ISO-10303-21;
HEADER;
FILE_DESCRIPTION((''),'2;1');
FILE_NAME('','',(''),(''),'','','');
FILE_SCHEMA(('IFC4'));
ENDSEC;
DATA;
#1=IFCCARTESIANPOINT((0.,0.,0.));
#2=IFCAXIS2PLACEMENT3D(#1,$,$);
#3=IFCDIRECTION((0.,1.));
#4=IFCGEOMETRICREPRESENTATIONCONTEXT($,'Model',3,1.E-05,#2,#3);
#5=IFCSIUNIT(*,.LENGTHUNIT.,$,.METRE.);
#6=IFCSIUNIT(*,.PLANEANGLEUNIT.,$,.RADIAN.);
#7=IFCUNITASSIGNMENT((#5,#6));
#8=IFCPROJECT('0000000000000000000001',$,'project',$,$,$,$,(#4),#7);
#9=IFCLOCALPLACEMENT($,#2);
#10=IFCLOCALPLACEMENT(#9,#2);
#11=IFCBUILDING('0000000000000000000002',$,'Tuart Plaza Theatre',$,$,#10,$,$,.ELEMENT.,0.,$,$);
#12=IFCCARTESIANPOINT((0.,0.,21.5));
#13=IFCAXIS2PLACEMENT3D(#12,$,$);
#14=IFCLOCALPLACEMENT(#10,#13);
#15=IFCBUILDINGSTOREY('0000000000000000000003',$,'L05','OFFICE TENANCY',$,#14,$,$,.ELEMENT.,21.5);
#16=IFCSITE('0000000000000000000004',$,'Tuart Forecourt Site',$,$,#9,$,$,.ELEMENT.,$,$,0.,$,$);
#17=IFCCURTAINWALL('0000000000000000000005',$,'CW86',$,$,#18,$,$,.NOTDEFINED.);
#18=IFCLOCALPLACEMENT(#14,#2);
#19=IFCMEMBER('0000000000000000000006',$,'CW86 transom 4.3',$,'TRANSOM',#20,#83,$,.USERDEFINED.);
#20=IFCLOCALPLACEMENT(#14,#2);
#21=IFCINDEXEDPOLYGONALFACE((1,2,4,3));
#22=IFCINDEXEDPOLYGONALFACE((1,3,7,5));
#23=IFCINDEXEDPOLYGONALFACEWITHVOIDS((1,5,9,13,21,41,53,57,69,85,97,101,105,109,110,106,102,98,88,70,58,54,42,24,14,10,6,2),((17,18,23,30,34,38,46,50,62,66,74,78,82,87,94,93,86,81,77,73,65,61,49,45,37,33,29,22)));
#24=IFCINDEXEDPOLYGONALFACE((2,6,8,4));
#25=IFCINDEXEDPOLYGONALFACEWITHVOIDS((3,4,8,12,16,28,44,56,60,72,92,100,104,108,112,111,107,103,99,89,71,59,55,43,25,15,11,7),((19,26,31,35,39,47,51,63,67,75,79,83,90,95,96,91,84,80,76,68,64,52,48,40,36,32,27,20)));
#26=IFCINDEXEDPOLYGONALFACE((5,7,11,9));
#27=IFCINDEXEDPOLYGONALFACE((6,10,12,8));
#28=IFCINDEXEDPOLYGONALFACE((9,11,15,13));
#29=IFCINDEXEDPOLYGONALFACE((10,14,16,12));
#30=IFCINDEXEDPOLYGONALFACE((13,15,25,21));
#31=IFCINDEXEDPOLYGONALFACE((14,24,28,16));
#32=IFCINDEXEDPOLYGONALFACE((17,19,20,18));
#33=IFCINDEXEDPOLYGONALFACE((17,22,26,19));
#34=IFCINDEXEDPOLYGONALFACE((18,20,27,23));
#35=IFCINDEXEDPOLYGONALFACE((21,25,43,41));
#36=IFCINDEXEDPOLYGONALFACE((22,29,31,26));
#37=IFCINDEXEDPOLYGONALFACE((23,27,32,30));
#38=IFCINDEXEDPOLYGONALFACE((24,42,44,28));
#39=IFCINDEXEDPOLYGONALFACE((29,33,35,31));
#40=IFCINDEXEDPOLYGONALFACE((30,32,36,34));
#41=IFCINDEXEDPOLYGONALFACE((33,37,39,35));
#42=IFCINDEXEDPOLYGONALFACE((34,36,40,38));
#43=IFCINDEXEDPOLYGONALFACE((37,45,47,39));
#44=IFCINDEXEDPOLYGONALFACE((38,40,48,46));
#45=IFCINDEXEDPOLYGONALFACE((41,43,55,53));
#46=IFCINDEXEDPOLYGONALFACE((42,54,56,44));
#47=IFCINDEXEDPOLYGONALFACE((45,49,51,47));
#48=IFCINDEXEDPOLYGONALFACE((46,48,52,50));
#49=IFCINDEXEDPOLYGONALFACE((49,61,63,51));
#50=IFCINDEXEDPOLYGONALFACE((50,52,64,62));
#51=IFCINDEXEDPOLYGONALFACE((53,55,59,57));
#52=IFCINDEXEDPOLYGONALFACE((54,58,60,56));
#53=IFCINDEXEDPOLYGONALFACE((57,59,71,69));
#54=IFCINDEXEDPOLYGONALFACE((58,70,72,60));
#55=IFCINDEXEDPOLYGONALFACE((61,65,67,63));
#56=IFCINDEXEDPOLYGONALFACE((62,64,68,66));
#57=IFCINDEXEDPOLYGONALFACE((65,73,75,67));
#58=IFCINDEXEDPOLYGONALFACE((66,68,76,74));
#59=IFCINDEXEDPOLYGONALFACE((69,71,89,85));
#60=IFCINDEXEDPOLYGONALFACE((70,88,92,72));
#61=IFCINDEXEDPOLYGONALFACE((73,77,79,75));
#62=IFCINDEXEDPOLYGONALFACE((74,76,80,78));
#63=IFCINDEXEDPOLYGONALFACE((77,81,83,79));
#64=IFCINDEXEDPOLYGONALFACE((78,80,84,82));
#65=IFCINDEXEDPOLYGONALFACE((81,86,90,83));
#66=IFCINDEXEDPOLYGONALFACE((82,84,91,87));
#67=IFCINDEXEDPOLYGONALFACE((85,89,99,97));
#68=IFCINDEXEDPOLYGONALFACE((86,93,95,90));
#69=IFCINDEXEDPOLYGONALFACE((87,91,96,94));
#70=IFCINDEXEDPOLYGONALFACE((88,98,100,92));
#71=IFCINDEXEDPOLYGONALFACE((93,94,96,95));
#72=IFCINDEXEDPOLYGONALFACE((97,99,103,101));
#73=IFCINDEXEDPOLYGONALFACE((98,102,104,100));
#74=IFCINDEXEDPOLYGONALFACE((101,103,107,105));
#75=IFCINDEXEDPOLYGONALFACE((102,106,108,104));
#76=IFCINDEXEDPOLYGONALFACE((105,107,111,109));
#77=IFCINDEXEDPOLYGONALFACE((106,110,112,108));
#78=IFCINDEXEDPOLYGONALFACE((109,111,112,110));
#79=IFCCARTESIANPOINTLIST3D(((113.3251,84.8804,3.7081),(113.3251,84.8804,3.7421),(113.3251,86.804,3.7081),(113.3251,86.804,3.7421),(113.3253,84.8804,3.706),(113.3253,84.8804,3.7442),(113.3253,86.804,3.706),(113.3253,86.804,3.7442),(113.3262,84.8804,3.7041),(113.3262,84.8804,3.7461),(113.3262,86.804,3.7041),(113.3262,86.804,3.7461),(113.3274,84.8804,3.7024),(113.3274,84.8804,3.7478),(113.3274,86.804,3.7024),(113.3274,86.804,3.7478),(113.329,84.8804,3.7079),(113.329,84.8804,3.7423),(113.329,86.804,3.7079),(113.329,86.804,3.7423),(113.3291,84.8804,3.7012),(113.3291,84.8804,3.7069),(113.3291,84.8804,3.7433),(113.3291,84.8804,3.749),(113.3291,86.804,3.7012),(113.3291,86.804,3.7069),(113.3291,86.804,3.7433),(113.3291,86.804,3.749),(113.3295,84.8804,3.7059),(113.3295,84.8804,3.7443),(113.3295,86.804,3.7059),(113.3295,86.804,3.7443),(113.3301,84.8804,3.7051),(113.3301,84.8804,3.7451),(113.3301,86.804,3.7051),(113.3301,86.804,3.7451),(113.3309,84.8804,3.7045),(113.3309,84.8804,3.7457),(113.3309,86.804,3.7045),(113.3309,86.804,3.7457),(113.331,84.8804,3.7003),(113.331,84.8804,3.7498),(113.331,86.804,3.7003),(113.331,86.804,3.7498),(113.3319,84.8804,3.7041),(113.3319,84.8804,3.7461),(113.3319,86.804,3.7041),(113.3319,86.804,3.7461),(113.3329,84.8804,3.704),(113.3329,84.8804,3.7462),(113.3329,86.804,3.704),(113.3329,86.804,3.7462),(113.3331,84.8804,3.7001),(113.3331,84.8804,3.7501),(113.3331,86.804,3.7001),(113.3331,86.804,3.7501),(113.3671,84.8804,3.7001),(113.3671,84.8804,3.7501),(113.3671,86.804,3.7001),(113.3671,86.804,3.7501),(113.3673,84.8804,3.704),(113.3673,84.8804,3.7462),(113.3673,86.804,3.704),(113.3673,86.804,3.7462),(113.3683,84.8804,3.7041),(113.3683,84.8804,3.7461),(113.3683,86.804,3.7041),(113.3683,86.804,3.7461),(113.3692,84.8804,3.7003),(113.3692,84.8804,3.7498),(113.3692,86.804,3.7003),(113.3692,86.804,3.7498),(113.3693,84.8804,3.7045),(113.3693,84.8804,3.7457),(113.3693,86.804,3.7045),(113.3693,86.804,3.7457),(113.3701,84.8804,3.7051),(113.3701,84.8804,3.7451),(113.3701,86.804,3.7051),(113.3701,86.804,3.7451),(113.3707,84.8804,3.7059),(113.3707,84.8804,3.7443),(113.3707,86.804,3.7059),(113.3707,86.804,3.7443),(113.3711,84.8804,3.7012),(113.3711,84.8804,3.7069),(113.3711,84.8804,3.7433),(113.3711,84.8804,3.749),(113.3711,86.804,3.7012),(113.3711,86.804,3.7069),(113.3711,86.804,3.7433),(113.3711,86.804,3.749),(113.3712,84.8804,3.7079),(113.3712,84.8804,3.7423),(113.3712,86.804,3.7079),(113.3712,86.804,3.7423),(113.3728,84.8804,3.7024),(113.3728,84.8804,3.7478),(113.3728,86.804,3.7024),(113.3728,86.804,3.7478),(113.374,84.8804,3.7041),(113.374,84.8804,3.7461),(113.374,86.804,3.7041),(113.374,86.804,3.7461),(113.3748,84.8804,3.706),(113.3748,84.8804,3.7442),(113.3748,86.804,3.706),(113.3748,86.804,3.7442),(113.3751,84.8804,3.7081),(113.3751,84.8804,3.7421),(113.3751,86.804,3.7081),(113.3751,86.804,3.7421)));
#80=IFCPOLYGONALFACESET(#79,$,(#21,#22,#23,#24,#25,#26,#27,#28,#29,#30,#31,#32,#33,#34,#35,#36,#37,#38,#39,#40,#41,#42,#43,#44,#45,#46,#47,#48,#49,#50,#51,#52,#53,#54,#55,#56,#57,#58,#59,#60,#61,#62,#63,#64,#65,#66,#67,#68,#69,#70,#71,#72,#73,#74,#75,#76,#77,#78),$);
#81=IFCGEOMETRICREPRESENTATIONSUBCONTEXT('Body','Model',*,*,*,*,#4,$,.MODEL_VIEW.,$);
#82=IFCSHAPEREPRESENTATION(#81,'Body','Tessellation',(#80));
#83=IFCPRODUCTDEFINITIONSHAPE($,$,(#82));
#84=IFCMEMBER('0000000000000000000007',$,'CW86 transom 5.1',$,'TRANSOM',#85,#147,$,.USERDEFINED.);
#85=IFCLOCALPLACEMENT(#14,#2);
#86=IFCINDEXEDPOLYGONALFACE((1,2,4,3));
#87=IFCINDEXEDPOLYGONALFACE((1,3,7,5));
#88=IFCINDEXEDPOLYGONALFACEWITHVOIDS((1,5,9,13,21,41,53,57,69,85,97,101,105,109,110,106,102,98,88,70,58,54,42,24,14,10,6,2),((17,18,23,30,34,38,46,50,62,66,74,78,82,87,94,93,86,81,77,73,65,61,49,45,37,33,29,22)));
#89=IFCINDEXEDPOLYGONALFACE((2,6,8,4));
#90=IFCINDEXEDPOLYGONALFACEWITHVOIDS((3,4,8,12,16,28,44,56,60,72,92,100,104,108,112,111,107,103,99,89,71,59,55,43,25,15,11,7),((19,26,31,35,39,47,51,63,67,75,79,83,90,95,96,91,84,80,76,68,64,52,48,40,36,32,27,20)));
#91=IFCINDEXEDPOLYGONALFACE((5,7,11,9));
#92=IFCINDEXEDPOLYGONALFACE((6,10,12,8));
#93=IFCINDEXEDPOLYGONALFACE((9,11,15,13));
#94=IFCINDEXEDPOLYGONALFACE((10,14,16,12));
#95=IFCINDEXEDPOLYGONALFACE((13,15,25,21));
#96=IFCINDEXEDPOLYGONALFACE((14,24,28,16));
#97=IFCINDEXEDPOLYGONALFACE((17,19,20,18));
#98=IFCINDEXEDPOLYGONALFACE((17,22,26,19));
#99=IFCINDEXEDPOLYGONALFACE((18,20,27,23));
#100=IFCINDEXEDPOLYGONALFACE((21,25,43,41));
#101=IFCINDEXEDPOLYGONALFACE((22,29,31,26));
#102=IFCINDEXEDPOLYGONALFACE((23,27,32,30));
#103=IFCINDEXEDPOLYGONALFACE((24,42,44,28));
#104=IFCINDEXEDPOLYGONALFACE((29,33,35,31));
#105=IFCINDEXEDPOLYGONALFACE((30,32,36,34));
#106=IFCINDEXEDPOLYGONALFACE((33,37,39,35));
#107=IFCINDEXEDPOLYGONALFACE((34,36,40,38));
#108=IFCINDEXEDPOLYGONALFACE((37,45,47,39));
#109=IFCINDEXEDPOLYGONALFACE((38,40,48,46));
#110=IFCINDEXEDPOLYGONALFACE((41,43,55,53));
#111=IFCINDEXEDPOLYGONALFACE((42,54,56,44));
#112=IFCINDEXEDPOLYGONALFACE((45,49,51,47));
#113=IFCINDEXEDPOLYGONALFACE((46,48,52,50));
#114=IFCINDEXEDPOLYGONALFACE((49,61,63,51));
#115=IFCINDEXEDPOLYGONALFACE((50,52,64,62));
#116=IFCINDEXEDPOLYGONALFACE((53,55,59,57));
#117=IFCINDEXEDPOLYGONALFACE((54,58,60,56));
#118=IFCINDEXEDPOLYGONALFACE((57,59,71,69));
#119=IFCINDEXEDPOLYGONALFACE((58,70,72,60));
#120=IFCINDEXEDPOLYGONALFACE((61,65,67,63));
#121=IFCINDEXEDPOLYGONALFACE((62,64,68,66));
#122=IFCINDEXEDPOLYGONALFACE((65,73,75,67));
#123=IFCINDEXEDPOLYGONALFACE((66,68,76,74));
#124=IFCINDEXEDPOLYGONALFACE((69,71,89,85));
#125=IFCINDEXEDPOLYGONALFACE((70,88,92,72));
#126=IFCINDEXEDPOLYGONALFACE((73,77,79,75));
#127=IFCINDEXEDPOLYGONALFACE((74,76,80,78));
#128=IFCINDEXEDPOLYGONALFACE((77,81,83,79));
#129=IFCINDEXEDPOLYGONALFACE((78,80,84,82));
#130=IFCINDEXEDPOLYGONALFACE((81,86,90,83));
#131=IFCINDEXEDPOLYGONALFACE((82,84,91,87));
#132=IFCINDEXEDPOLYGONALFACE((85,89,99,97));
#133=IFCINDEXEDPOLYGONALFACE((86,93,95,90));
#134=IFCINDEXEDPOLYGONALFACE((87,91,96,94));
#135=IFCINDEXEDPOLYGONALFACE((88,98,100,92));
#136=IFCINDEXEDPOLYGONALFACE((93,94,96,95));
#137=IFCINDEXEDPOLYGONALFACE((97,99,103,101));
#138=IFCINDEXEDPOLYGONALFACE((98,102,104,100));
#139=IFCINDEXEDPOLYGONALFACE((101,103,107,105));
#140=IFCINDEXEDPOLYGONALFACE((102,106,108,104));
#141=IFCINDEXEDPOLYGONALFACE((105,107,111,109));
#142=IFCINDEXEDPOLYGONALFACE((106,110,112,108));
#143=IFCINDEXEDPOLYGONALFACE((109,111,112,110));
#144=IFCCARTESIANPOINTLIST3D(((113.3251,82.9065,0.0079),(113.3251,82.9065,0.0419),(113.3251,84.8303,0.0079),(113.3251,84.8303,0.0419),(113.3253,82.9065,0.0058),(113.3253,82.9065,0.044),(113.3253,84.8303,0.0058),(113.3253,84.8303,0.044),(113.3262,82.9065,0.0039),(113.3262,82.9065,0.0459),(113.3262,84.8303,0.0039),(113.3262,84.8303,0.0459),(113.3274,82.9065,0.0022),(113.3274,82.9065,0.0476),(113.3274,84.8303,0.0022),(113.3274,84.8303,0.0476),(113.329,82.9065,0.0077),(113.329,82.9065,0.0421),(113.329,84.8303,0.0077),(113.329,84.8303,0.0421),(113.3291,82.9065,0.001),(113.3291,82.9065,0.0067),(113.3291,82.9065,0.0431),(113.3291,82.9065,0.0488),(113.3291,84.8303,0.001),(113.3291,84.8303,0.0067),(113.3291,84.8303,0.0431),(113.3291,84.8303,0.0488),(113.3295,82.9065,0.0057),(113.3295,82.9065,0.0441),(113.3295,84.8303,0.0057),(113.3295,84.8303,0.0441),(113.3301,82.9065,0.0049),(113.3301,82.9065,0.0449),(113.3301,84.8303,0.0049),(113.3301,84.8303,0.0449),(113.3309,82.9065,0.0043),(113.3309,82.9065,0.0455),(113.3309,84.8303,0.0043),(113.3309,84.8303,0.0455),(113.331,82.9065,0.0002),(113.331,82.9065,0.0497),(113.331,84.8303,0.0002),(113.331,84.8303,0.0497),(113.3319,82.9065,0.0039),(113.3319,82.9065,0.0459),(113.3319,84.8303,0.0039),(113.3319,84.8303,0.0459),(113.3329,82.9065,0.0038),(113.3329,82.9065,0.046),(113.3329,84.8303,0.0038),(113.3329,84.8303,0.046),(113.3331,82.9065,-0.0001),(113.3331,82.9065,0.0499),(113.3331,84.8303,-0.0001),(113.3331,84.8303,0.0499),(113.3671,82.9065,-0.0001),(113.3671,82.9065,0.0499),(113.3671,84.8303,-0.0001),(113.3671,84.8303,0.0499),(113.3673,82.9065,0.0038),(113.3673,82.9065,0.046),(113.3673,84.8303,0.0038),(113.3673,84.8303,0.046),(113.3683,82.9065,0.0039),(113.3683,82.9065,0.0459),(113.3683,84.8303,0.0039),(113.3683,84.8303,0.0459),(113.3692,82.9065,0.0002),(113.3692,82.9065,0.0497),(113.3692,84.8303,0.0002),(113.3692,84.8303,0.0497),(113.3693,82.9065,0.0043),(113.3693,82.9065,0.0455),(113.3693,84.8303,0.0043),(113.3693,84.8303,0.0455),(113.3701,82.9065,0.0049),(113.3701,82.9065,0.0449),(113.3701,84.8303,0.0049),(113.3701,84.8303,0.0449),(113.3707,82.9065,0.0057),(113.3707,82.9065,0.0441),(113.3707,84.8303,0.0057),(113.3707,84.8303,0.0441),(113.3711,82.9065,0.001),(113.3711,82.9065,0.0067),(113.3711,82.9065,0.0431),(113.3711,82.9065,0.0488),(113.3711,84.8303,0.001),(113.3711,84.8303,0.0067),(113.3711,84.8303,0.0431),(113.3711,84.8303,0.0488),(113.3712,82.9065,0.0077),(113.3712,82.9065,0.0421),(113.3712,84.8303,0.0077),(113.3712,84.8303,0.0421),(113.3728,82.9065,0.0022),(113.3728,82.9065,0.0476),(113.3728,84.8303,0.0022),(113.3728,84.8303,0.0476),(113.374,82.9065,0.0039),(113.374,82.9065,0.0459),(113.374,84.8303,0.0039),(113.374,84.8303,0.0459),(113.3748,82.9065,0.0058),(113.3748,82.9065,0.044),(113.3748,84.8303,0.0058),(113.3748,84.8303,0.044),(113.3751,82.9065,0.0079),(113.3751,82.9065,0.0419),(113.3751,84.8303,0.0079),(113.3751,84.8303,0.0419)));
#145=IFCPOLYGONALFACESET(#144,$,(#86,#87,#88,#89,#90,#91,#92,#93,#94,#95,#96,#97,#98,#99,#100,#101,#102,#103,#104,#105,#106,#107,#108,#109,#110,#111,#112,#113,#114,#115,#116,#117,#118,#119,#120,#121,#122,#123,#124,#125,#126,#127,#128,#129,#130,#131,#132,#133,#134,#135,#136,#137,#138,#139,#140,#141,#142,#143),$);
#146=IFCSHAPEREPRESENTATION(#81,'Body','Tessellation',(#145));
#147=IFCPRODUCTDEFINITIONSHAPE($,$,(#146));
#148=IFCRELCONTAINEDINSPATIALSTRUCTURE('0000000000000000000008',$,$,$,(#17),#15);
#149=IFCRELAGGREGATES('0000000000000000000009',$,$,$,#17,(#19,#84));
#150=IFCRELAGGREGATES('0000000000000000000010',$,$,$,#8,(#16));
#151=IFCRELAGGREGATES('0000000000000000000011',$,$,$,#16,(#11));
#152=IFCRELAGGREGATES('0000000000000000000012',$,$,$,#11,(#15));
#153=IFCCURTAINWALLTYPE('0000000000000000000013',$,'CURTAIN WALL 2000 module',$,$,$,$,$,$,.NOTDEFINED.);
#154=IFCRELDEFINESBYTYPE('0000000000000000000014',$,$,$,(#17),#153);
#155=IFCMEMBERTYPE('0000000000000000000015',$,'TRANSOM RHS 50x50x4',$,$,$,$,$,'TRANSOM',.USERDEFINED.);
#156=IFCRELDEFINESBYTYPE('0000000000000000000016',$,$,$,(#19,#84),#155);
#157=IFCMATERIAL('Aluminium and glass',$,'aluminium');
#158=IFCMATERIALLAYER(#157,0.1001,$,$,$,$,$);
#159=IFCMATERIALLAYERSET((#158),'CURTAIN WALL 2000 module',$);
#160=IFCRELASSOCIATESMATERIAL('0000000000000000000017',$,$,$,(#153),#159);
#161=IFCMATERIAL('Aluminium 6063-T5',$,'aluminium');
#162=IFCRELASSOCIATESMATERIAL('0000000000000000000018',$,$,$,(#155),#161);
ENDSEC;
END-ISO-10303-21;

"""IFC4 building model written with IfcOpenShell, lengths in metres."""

from ifc_helpers import new_model, si_unit, direction, frame, origin, origin_2d, place, context, subcontext, project, spatial, hollow_rectangle, extrude, material, layer, layer_set, material_profile, profile_set, type_object, element, aggregate, save


model = new_model("IFC4")

# Units and contexts
model_context = context("Model", 3, precision=1e-05, world=origin(), true_north=direction((0.0, 1.0)))
body_context = subcontext(model_context, "Body", "Model", "MODEL_VIEW")
ifc_project = project(units=[si_unit("LENGTHUNIT", "METRE"), si_unit("PLANEANGLEUNIT", "RADIAN")], contexts=[model_context])

# Site, building, storey
site_placement = place(None, origin())
site = spatial("IfcSite", under=ifc_project, at=site_placement, Name="Tuart Forecourt Site", CompositionType="ELEMENT", RefElevation=0.0)
building_placement = place(site_placement, origin())
building = spatial("IfcBuilding", under=site, at=building_placement, Name="Tuart Plaza Theatre", CompositionType="ELEMENT", ElevationOfRefHeight=0.0)
storey_placement = place(building_placement, frame((0.0, 0.0, 21.5)))
storey = spatial("IfcBuildingStorey", under=building, at=storey_placement, Name="L05", Description="OFFICE TENANCY", CompositionType="ELEMENT", Elevation=21.5)

# Curtain wall, members
ifc_material_1 = material(Name="Aluminium and glass", Category="aluminium")
ifc_layer_1 = layer(ifc_material_1, 0.1001)
ifc_layer_set_1 = layer_set([ifc_layer_1], Name="CURTAIN WALL 2000 module")
curtain_wall_type = type_object("IfcCurtainWallType", Name="CURTAIN WALL 2000 module", PredefinedType="NOTDEFINED", material=ifc_layer_set_1)
curtain_wall_placement = place(storey_placement, origin())
curtain_wall = element("IfcCurtainWall", 1, at=curtain_wall_placement, inside=storey, type_object=curtain_wall_type, Name="CW86", PredefinedType="NOTDEFINED")
ifc_material_2 = material(Name="Aluminium 6063-T5", Category="aluminium")
ifc_material_profile_1 = material_profile(ifc_material_2, hollow_rectangle(XDim=0.05, YDim=0.05, WallThickness=0.0039, InnerFilletRadius=0.0039, OuterFilletRadius=0.0081, at=origin_2d()), Name="RHS 50x50x4")
ifc_profile_set_1 = profile_set([ifc_material_profile_1], Name="Aluminium 6063-T5")
member_type_1 = type_object("IfcMemberType", Name="TRANSOM RHS 50x50x4", ElementType="TRANSOM", PredefinedType="USERDEFINED", material=ifc_profile_set_1)
member_1_placement = place(storey_placement, frame((113.3501, 86.804, 3.7251), z_axis=(0.0, -1.0, 0.0), x_axis=(1.0, 0.0, 0.0)))
member_1 = element("IfcMember", 2, at=member_1_placement, type_object=member_type_1, Name="CW86 transom 4.3", ObjectType="TRANSOM", PredefinedType="USERDEFINED", context=body_context, shape_type="SweptSolid", body=[
    extrude(hollow_rectangle(XDim=0.05, YDim=0.05, WallThickness=0.0039, InnerFilletRadius=0.0039, OuterFilletRadius=0.0081, at=origin_2d()), origin(), (0.0, 0.0, 1.0), 1.9236),
])
member_2_placement = place(storey_placement, frame((113.3501, 84.8303, 0.0249), z_axis=(0.0, -1.0, 0.0), x_axis=(1.0, 0.0, 0.0)))
member_2 = element("IfcMember", 3, at=member_2_placement, type_object=member_type_1, Name="CW86 transom 5.1", ObjectType="TRANSOM", PredefinedType="USERDEFINED", context=body_context, shape_type="SweptSolid", body=[
    extrude(hollow_rectangle(XDim=0.05, YDim=0.05, WallThickness=0.0039, InnerFilletRadius=0.0039, OuterFilletRadius=0.0081, at=origin_2d()), origin(), (0.0, 0.0, 1.0), 1.9238),
])
aggregate(curtain_wall, [member_1, member_2])

save(model, "model.ifc")
